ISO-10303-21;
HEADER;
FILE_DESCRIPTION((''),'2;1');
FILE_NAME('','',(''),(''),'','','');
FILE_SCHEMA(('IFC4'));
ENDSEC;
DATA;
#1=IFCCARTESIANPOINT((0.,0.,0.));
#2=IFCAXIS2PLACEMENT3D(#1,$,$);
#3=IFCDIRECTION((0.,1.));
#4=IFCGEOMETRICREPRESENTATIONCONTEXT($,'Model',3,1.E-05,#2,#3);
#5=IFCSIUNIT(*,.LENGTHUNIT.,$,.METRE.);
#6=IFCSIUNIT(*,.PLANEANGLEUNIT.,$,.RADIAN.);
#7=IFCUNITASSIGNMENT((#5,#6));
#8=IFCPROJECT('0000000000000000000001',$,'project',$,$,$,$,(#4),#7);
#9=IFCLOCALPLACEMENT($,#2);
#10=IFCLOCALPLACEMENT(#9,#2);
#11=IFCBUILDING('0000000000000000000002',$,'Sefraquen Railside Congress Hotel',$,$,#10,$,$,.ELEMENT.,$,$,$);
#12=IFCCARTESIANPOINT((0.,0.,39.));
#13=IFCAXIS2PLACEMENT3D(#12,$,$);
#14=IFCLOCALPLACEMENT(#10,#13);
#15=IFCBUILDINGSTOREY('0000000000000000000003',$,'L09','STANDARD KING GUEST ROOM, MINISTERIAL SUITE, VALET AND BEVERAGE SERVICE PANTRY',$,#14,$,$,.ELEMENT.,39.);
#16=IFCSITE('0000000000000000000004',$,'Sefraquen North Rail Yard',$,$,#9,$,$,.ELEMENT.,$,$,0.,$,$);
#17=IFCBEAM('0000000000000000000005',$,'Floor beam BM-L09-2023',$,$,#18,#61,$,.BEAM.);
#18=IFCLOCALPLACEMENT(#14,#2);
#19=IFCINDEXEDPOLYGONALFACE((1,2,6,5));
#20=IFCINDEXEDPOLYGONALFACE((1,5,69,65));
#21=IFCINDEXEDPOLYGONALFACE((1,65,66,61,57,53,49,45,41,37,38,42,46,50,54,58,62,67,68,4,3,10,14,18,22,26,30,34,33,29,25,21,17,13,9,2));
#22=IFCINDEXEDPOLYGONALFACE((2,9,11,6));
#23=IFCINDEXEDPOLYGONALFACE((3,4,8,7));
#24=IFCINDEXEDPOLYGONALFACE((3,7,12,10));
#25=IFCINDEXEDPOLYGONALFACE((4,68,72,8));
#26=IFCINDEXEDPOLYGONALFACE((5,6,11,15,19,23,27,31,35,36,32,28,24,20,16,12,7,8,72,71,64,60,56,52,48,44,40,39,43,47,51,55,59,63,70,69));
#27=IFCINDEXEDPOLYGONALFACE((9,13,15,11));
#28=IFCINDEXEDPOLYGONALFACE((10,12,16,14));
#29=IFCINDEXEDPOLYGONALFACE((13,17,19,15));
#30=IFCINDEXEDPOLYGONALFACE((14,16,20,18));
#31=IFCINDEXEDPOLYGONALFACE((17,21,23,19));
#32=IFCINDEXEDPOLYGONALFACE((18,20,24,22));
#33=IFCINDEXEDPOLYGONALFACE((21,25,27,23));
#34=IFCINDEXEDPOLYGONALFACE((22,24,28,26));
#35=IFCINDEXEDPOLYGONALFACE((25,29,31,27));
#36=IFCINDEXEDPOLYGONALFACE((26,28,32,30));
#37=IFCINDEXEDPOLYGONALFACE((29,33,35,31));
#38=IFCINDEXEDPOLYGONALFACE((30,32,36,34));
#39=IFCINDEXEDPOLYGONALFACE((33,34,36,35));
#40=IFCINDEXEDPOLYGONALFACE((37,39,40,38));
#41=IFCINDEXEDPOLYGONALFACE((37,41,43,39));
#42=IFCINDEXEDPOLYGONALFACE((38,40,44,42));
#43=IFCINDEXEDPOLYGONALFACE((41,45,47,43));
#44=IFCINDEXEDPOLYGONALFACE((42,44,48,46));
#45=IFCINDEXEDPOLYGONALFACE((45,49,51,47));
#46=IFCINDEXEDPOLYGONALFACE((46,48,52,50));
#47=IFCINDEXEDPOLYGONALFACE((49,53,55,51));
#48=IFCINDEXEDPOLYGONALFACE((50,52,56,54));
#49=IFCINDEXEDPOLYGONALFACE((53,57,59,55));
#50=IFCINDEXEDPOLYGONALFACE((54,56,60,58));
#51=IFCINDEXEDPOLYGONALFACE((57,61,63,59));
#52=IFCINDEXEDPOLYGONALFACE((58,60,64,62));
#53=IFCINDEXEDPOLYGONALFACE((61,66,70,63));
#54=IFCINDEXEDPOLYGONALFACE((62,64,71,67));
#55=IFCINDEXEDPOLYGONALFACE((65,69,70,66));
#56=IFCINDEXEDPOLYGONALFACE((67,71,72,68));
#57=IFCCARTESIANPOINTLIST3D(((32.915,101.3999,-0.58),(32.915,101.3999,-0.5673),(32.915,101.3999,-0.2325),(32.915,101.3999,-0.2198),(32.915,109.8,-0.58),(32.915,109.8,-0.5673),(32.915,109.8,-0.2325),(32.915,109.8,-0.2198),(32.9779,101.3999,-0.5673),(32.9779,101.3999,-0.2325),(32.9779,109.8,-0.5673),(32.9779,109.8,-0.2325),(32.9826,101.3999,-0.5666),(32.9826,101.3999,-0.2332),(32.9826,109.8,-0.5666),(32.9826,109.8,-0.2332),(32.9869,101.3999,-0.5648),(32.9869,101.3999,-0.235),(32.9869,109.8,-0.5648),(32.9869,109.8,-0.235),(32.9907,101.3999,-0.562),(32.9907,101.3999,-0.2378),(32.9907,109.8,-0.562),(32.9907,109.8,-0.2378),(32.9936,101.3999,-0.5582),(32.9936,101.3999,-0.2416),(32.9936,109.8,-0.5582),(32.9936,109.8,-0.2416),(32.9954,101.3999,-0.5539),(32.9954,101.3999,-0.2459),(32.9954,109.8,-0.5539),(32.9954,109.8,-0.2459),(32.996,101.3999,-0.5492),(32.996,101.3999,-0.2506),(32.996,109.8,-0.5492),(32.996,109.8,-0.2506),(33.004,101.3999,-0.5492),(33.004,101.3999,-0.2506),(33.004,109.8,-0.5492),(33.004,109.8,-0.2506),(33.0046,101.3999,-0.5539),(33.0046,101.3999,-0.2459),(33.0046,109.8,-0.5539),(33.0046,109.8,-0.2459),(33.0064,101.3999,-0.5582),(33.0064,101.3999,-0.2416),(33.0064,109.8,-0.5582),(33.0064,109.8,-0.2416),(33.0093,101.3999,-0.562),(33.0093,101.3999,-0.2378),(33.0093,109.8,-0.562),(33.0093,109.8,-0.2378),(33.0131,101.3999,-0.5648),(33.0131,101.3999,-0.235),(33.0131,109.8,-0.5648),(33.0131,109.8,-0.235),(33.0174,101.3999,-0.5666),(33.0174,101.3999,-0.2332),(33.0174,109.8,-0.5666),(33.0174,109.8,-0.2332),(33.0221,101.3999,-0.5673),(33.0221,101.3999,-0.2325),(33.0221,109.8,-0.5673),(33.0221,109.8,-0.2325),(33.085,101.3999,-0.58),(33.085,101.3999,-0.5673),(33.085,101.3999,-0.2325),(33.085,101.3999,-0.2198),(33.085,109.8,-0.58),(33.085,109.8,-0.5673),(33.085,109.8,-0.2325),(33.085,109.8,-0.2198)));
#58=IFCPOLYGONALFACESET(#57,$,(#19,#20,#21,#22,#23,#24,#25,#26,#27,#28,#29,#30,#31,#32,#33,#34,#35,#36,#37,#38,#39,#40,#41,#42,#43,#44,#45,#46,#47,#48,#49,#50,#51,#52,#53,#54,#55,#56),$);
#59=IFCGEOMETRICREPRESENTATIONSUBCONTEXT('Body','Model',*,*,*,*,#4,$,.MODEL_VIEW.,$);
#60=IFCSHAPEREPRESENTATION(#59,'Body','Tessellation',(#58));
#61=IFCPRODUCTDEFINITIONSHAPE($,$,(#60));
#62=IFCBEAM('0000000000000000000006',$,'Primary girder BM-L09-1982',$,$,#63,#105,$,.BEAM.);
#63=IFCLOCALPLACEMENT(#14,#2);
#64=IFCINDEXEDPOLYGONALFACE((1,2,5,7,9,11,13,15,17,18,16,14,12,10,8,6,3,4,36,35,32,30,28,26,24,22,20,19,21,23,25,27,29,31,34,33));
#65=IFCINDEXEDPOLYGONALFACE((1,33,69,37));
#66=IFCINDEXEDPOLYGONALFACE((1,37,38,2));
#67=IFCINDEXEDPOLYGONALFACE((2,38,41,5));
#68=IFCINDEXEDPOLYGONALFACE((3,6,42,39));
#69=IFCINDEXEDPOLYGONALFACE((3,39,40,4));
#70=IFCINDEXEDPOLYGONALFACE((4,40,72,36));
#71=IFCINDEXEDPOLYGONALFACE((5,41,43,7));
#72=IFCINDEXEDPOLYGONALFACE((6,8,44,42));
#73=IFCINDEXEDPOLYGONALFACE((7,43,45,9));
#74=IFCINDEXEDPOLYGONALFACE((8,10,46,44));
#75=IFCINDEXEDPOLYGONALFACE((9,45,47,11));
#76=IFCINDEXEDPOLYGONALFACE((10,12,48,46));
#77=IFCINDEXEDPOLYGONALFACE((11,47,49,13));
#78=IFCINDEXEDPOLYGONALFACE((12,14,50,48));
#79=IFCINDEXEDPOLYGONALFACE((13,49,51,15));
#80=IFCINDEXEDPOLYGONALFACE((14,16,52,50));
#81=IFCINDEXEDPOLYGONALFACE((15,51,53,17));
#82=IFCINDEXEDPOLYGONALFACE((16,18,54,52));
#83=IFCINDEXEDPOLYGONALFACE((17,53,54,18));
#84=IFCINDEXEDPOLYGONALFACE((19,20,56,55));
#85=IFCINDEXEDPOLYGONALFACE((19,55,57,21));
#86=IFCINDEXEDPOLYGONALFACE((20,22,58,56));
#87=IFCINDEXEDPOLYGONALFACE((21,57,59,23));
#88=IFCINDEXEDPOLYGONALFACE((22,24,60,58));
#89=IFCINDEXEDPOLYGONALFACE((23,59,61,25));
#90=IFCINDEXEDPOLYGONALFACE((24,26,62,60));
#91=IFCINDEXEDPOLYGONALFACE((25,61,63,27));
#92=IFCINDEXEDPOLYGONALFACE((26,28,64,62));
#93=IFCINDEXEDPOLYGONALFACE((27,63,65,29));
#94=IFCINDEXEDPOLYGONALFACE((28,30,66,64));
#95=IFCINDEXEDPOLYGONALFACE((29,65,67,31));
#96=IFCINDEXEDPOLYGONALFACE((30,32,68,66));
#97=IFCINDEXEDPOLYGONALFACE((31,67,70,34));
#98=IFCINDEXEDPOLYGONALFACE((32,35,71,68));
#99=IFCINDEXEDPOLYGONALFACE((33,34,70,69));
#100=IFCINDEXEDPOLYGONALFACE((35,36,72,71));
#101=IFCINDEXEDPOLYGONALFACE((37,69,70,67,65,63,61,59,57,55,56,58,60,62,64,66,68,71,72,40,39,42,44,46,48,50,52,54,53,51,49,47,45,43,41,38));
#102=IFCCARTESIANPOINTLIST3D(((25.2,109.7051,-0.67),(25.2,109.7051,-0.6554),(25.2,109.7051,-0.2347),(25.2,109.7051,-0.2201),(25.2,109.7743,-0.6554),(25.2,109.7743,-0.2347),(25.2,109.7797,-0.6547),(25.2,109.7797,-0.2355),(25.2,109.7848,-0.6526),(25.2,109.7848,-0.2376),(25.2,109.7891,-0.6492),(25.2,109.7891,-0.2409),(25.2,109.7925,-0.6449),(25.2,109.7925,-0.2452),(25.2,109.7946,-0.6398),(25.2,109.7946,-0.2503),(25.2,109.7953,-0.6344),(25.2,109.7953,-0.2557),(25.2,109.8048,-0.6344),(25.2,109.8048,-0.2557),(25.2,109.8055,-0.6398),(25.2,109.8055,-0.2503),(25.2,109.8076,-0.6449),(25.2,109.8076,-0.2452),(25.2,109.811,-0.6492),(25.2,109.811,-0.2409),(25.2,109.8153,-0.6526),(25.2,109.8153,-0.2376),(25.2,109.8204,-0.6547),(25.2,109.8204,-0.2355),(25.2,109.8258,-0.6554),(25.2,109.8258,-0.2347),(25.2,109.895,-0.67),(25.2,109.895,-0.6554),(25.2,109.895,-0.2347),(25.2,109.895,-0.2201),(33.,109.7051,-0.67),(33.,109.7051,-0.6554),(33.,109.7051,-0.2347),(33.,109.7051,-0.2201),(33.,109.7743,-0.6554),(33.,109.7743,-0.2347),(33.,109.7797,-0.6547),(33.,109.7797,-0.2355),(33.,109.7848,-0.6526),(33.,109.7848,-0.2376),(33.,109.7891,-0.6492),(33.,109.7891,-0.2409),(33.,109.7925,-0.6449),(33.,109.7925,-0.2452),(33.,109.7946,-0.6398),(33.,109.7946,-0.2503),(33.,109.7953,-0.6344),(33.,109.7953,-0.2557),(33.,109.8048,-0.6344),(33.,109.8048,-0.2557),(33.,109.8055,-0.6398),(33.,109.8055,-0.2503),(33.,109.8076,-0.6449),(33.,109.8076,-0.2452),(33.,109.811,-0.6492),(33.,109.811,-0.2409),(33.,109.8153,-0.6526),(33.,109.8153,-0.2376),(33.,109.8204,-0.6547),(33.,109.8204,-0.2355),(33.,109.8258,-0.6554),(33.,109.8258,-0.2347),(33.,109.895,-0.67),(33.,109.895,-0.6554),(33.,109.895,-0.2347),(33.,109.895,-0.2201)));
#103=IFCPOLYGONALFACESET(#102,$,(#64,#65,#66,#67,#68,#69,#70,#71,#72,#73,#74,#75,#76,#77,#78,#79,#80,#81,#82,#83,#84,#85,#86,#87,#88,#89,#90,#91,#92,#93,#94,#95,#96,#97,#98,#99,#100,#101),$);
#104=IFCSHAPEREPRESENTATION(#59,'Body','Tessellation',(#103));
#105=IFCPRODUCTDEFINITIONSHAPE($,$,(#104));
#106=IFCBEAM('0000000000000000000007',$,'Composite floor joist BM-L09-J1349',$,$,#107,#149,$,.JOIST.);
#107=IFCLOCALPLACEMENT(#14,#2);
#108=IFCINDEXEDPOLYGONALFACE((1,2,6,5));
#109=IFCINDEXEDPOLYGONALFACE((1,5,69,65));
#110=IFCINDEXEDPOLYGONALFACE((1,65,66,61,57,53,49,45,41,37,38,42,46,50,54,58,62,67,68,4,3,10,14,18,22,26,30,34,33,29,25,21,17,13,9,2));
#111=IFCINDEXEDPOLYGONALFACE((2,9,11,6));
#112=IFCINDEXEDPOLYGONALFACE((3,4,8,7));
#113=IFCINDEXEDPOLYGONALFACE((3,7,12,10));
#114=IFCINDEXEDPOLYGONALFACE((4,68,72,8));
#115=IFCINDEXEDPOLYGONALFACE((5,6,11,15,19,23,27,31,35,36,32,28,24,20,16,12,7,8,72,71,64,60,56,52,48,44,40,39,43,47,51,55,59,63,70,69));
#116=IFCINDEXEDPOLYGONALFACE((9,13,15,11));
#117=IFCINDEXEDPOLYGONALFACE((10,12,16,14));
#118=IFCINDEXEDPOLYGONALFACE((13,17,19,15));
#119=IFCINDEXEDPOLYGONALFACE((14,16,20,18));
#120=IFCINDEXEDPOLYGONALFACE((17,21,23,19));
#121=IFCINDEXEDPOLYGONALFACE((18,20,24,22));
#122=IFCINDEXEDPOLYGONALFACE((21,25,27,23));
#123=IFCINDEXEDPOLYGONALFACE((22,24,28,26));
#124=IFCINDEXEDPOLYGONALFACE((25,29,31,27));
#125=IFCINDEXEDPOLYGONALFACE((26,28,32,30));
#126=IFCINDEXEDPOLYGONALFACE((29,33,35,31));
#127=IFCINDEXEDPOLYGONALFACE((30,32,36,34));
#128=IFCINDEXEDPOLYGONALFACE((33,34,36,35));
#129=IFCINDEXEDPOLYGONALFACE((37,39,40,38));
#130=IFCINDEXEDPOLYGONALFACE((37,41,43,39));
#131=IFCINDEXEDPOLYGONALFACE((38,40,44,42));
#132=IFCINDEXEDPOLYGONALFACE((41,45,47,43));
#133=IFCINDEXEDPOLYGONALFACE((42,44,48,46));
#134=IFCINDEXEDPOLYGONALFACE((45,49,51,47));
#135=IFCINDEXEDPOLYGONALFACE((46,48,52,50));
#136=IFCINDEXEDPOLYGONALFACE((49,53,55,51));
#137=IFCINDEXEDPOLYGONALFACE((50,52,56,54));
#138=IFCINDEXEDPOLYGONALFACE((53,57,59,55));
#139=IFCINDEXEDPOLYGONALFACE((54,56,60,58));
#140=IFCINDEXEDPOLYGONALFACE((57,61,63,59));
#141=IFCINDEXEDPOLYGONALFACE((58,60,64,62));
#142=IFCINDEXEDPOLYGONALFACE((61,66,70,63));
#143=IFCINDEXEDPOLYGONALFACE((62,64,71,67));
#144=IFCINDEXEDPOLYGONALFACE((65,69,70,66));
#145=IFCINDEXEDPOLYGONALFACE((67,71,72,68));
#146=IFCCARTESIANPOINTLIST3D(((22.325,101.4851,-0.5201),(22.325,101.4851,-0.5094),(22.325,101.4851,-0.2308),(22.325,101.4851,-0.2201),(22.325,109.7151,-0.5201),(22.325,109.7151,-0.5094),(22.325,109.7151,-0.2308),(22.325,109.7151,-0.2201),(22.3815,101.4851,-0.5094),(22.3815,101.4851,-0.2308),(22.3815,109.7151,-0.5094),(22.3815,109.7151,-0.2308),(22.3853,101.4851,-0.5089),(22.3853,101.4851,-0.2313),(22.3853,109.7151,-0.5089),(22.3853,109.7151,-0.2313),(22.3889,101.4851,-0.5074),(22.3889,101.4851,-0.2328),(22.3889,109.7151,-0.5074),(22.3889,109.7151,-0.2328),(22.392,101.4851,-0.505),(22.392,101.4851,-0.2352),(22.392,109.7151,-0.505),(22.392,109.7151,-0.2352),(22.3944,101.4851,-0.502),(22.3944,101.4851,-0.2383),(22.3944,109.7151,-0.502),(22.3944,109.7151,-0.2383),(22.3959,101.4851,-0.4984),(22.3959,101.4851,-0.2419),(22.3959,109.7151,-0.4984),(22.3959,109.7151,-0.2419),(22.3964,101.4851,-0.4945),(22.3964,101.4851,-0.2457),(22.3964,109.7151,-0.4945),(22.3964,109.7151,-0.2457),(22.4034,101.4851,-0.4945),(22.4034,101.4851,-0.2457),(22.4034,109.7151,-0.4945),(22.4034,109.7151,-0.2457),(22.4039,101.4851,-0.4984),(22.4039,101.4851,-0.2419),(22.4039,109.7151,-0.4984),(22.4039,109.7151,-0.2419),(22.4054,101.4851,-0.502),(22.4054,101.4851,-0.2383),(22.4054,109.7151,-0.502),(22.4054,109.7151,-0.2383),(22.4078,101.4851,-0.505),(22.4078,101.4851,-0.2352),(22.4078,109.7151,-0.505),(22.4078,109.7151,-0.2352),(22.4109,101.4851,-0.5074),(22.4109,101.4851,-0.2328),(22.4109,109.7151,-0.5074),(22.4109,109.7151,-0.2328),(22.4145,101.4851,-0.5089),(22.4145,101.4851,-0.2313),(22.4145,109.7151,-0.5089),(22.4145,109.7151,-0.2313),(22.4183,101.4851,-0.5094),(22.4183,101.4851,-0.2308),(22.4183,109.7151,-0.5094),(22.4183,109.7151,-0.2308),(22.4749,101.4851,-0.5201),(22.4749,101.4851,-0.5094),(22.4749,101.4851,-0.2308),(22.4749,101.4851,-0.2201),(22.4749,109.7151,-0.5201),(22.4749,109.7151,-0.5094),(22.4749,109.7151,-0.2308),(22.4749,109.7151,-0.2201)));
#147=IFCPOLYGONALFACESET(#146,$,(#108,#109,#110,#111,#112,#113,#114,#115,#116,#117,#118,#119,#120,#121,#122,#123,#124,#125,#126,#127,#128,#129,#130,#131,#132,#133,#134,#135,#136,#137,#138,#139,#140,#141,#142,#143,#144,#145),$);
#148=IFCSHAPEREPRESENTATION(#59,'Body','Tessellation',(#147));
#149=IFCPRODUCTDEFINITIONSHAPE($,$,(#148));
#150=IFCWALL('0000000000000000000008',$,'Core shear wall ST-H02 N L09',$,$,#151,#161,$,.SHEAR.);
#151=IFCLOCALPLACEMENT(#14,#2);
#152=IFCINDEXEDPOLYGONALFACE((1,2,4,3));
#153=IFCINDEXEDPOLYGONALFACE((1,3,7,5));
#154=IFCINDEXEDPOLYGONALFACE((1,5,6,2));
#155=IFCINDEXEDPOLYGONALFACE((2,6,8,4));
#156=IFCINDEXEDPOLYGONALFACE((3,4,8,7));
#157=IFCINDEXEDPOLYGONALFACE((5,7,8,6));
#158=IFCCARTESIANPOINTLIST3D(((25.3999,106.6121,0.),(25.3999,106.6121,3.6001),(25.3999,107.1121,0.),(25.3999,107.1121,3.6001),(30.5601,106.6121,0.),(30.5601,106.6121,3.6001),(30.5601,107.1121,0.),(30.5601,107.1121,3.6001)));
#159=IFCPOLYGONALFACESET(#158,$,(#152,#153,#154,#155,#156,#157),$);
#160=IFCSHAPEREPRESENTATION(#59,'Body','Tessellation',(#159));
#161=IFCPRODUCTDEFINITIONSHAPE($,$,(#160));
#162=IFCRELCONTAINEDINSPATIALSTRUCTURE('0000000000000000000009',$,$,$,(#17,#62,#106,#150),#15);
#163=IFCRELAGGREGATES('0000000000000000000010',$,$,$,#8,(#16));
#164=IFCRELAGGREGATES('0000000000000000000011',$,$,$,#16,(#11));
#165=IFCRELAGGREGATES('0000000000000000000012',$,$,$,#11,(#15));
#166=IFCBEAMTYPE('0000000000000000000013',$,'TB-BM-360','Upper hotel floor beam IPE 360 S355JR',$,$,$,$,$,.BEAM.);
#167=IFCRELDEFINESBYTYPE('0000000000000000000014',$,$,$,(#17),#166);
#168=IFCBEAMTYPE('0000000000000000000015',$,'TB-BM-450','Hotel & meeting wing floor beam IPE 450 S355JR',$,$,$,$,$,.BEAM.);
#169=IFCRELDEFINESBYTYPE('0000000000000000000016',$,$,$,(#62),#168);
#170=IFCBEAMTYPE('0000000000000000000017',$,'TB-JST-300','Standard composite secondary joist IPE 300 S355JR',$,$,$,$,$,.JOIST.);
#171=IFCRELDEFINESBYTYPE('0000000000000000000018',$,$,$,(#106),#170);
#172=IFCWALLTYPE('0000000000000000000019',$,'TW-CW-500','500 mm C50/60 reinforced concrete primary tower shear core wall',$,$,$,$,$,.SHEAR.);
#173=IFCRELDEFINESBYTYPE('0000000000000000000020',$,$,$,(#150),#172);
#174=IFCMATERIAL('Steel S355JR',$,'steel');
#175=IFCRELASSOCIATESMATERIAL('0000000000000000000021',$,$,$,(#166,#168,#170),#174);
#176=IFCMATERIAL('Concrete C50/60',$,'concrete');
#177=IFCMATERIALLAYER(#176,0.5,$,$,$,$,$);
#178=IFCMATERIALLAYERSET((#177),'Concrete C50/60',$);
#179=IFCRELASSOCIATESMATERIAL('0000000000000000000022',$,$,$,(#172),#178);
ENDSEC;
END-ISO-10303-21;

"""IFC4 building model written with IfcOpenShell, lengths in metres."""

from ifc_helpers import new_model, si_unit, direction, frame, frame_2d, origin, origin_2d, place, context, subcontext, project, spatial, rectangle, i_section, extrude, material, layer, layer_set, material_profile, profile_set, type_object, element, save


model = new_model("IFC4")

# Units and contexts
model_context = context("Model", 3, precision=1e-05, world=origin(), true_north=direction((0.0, 1.0)))
body_context = subcontext(model_context, "Body", "Model", "MODEL_VIEW")
ifc_project = project(units=[si_unit("LENGTHUNIT", "METRE"), si_unit("PLANEANGLEUNIT", "RADIAN")], contexts=[model_context])

# Site, building, storey
site_placement = place(None, origin())
site = spatial("IfcSite", under=ifc_project, at=site_placement, Name="Sefraquen North Rail Yard", CompositionType="ELEMENT", RefElevation=0.0)
building_placement = place(site_placement, origin())
building = spatial("IfcBuilding", under=site, at=building_placement, Name="Sefraquen Railside Congress Hotel", CompositionType="ELEMENT")
storey_placement = place(building_placement, frame((0.0, 0.0, 39.0)))
storey = spatial("IfcBuildingStorey", under=building, at=storey_placement, Name="L09", Description="STANDARD KING GUEST ROOM, MINISTERIAL SUITE, VALET AND BEVERAGE SERVICE PANTRY", CompositionType="ELEMENT", Elevation=39.0)

# Shared definitions
ifc_material_1 = material(Name="Steel S355JR", Category="steel")

# Beams
ifc_material_profile_1 = material_profile(ifc_material_1, i_section(OverallWidth=0.1699, OverallDepth=0.3601, WebThickness=0.0081, FlangeThickness=0.0127, FilletRadius=0.0181, at=origin_2d()), Name="IPE 360")
ifc_profile_set_1 = profile_set([ifc_material_profile_1], Name="Steel S355JR")
beam_type_1 = type_object("IfcBeamType", Name="TB-BM-360", Description="Upper hotel floor beam IPE 360 S355JR", PredefinedType="BEAM", material=ifc_profile_set_1)
beam_1_placement = place(storey_placement, frame((33.0, 101.3999, -0.3999), z_axis=(0.0, 1.0, 0.0), x_axis=(-1.0, 0.0, 0.0)))
element("IfcBeam", 1, at=beam_1_placement, inside=storey, type_object=beam_type_1, Name="Floor beam BM-L09-2023", PredefinedType="BEAM", context=body_context, shape_type="SweptSolid", body=[
    extrude(i_section(OverallWidth=0.1699, OverallDepth=0.3601, WebThickness=0.0081, FlangeThickness=0.0127, FilletRadius=0.0181, at=origin_2d()), origin(), (0.0, 0.0, 1.0), 8.4001),
])
ifc_material_profile_2 = material_profile(ifc_material_1, i_section(OverallWidth=0.1899, OverallDepth=0.45, WebThickness=0.0095, FlangeThickness=0.0146, FilletRadius=0.021, at=origin_2d()), Name="IPE 450")
ifc_profile_set_2 = profile_set([ifc_material_profile_2], Name="Steel S355JR")
beam_type_2 = type_object("IfcBeamType", Name="TB-BM-450", Description="Hotel & meeting wing floor beam IPE 450 S355JR", PredefinedType="BEAM", material=ifc_profile_set_2)
beam_2_placement = place(storey_placement, frame((25.2, 109.8, -0.4451), z_axis=(1.0, 0.0, 0.0), x_axis=(0.0, 1.0, 0.0)))
element("IfcBeam", 2, at=beam_2_placement, inside=storey, type_object=beam_type_2, Name="Primary girder BM-L09-1982", PredefinedType="BEAM", context=body_context, shape_type="SweptSolid", body=[
    extrude(i_section(OverallWidth=0.1899, OverallDepth=0.45, WebThickness=0.0095, FlangeThickness=0.0146, FilletRadius=0.021, at=origin_2d()), origin(), (0.0, 0.0, 1.0), 7.8),
])
ifc_material_profile_3 = material_profile(ifc_material_1, i_section(OverallWidth=0.1499, OverallDepth=0.3, WebThickness=0.0071, FlangeThickness=0.0107, FilletRadius=0.0149, at=origin_2d()), Name="IPE 300")
ifc_profile_set_3 = profile_set([ifc_material_profile_3], Name="Steel S355JR")
beam_type_3 = type_object("IfcBeamType", Name="TB-JST-300", Description="Standard composite secondary joist IPE 300 S355JR", PredefinedType="JOIST", material=ifc_profile_set_3)
beam_3_placement = place(storey_placement, frame((22.3999, 101.4851, -0.3701), z_axis=(0.0, 1.0, 0.0), x_axis=(-1.0, 0.0, 0.0)))
element("IfcBeam", 3, at=beam_3_placement, inside=storey, type_object=beam_type_3, Name="Composite floor joist BM-L09-J1349", PredefinedType="JOIST", context=body_context, shape_type="SweptSolid", body=[
    extrude(i_section(OverallWidth=0.1499, OverallDepth=0.3, WebThickness=0.0071, FlangeThickness=0.0107, FilletRadius=0.0149, at=origin_2d()), origin(), (0.0, 0.0, 1.0), 8.23),
])

# Wall
ifc_material_2 = material(Name="Concrete C50/60", Category="concrete")
ifc_layer_1 = layer(ifc_material_2, 0.5)
ifc_layer_set_1 = layer_set([ifc_layer_1], Name="Concrete C50/60")
wall_type_1 = type_object("IfcWallType", Name="TW-CW-500", Description="500 mm C50/60 reinforced concrete primary tower shear core wall", PredefinedType="SHEAR", material=ifc_layer_set_1)
wall_1_placement = place(storey_placement, frame((25.3999, 106.8621, 0.0), z_axis=(0.0, 0.0, 1.0), x_axis=(1.0, 0.0, 0.0)))
element("IfcWall", 4, at=wall_1_placement, inside=storey, type_object=wall_type_1, Name="Core shear wall ST-H02 N L09", PredefinedType="SHEAR", context=body_context, shape_type="SweptSolid", body=[
    extrude(rectangle(XDim=5.1602, YDim=0.5, at=frame_2d((2.5801, 0.0))), origin(), (0.0, 0.0, 1.0), 3.6001),
])

save(model, "model.ifc")
